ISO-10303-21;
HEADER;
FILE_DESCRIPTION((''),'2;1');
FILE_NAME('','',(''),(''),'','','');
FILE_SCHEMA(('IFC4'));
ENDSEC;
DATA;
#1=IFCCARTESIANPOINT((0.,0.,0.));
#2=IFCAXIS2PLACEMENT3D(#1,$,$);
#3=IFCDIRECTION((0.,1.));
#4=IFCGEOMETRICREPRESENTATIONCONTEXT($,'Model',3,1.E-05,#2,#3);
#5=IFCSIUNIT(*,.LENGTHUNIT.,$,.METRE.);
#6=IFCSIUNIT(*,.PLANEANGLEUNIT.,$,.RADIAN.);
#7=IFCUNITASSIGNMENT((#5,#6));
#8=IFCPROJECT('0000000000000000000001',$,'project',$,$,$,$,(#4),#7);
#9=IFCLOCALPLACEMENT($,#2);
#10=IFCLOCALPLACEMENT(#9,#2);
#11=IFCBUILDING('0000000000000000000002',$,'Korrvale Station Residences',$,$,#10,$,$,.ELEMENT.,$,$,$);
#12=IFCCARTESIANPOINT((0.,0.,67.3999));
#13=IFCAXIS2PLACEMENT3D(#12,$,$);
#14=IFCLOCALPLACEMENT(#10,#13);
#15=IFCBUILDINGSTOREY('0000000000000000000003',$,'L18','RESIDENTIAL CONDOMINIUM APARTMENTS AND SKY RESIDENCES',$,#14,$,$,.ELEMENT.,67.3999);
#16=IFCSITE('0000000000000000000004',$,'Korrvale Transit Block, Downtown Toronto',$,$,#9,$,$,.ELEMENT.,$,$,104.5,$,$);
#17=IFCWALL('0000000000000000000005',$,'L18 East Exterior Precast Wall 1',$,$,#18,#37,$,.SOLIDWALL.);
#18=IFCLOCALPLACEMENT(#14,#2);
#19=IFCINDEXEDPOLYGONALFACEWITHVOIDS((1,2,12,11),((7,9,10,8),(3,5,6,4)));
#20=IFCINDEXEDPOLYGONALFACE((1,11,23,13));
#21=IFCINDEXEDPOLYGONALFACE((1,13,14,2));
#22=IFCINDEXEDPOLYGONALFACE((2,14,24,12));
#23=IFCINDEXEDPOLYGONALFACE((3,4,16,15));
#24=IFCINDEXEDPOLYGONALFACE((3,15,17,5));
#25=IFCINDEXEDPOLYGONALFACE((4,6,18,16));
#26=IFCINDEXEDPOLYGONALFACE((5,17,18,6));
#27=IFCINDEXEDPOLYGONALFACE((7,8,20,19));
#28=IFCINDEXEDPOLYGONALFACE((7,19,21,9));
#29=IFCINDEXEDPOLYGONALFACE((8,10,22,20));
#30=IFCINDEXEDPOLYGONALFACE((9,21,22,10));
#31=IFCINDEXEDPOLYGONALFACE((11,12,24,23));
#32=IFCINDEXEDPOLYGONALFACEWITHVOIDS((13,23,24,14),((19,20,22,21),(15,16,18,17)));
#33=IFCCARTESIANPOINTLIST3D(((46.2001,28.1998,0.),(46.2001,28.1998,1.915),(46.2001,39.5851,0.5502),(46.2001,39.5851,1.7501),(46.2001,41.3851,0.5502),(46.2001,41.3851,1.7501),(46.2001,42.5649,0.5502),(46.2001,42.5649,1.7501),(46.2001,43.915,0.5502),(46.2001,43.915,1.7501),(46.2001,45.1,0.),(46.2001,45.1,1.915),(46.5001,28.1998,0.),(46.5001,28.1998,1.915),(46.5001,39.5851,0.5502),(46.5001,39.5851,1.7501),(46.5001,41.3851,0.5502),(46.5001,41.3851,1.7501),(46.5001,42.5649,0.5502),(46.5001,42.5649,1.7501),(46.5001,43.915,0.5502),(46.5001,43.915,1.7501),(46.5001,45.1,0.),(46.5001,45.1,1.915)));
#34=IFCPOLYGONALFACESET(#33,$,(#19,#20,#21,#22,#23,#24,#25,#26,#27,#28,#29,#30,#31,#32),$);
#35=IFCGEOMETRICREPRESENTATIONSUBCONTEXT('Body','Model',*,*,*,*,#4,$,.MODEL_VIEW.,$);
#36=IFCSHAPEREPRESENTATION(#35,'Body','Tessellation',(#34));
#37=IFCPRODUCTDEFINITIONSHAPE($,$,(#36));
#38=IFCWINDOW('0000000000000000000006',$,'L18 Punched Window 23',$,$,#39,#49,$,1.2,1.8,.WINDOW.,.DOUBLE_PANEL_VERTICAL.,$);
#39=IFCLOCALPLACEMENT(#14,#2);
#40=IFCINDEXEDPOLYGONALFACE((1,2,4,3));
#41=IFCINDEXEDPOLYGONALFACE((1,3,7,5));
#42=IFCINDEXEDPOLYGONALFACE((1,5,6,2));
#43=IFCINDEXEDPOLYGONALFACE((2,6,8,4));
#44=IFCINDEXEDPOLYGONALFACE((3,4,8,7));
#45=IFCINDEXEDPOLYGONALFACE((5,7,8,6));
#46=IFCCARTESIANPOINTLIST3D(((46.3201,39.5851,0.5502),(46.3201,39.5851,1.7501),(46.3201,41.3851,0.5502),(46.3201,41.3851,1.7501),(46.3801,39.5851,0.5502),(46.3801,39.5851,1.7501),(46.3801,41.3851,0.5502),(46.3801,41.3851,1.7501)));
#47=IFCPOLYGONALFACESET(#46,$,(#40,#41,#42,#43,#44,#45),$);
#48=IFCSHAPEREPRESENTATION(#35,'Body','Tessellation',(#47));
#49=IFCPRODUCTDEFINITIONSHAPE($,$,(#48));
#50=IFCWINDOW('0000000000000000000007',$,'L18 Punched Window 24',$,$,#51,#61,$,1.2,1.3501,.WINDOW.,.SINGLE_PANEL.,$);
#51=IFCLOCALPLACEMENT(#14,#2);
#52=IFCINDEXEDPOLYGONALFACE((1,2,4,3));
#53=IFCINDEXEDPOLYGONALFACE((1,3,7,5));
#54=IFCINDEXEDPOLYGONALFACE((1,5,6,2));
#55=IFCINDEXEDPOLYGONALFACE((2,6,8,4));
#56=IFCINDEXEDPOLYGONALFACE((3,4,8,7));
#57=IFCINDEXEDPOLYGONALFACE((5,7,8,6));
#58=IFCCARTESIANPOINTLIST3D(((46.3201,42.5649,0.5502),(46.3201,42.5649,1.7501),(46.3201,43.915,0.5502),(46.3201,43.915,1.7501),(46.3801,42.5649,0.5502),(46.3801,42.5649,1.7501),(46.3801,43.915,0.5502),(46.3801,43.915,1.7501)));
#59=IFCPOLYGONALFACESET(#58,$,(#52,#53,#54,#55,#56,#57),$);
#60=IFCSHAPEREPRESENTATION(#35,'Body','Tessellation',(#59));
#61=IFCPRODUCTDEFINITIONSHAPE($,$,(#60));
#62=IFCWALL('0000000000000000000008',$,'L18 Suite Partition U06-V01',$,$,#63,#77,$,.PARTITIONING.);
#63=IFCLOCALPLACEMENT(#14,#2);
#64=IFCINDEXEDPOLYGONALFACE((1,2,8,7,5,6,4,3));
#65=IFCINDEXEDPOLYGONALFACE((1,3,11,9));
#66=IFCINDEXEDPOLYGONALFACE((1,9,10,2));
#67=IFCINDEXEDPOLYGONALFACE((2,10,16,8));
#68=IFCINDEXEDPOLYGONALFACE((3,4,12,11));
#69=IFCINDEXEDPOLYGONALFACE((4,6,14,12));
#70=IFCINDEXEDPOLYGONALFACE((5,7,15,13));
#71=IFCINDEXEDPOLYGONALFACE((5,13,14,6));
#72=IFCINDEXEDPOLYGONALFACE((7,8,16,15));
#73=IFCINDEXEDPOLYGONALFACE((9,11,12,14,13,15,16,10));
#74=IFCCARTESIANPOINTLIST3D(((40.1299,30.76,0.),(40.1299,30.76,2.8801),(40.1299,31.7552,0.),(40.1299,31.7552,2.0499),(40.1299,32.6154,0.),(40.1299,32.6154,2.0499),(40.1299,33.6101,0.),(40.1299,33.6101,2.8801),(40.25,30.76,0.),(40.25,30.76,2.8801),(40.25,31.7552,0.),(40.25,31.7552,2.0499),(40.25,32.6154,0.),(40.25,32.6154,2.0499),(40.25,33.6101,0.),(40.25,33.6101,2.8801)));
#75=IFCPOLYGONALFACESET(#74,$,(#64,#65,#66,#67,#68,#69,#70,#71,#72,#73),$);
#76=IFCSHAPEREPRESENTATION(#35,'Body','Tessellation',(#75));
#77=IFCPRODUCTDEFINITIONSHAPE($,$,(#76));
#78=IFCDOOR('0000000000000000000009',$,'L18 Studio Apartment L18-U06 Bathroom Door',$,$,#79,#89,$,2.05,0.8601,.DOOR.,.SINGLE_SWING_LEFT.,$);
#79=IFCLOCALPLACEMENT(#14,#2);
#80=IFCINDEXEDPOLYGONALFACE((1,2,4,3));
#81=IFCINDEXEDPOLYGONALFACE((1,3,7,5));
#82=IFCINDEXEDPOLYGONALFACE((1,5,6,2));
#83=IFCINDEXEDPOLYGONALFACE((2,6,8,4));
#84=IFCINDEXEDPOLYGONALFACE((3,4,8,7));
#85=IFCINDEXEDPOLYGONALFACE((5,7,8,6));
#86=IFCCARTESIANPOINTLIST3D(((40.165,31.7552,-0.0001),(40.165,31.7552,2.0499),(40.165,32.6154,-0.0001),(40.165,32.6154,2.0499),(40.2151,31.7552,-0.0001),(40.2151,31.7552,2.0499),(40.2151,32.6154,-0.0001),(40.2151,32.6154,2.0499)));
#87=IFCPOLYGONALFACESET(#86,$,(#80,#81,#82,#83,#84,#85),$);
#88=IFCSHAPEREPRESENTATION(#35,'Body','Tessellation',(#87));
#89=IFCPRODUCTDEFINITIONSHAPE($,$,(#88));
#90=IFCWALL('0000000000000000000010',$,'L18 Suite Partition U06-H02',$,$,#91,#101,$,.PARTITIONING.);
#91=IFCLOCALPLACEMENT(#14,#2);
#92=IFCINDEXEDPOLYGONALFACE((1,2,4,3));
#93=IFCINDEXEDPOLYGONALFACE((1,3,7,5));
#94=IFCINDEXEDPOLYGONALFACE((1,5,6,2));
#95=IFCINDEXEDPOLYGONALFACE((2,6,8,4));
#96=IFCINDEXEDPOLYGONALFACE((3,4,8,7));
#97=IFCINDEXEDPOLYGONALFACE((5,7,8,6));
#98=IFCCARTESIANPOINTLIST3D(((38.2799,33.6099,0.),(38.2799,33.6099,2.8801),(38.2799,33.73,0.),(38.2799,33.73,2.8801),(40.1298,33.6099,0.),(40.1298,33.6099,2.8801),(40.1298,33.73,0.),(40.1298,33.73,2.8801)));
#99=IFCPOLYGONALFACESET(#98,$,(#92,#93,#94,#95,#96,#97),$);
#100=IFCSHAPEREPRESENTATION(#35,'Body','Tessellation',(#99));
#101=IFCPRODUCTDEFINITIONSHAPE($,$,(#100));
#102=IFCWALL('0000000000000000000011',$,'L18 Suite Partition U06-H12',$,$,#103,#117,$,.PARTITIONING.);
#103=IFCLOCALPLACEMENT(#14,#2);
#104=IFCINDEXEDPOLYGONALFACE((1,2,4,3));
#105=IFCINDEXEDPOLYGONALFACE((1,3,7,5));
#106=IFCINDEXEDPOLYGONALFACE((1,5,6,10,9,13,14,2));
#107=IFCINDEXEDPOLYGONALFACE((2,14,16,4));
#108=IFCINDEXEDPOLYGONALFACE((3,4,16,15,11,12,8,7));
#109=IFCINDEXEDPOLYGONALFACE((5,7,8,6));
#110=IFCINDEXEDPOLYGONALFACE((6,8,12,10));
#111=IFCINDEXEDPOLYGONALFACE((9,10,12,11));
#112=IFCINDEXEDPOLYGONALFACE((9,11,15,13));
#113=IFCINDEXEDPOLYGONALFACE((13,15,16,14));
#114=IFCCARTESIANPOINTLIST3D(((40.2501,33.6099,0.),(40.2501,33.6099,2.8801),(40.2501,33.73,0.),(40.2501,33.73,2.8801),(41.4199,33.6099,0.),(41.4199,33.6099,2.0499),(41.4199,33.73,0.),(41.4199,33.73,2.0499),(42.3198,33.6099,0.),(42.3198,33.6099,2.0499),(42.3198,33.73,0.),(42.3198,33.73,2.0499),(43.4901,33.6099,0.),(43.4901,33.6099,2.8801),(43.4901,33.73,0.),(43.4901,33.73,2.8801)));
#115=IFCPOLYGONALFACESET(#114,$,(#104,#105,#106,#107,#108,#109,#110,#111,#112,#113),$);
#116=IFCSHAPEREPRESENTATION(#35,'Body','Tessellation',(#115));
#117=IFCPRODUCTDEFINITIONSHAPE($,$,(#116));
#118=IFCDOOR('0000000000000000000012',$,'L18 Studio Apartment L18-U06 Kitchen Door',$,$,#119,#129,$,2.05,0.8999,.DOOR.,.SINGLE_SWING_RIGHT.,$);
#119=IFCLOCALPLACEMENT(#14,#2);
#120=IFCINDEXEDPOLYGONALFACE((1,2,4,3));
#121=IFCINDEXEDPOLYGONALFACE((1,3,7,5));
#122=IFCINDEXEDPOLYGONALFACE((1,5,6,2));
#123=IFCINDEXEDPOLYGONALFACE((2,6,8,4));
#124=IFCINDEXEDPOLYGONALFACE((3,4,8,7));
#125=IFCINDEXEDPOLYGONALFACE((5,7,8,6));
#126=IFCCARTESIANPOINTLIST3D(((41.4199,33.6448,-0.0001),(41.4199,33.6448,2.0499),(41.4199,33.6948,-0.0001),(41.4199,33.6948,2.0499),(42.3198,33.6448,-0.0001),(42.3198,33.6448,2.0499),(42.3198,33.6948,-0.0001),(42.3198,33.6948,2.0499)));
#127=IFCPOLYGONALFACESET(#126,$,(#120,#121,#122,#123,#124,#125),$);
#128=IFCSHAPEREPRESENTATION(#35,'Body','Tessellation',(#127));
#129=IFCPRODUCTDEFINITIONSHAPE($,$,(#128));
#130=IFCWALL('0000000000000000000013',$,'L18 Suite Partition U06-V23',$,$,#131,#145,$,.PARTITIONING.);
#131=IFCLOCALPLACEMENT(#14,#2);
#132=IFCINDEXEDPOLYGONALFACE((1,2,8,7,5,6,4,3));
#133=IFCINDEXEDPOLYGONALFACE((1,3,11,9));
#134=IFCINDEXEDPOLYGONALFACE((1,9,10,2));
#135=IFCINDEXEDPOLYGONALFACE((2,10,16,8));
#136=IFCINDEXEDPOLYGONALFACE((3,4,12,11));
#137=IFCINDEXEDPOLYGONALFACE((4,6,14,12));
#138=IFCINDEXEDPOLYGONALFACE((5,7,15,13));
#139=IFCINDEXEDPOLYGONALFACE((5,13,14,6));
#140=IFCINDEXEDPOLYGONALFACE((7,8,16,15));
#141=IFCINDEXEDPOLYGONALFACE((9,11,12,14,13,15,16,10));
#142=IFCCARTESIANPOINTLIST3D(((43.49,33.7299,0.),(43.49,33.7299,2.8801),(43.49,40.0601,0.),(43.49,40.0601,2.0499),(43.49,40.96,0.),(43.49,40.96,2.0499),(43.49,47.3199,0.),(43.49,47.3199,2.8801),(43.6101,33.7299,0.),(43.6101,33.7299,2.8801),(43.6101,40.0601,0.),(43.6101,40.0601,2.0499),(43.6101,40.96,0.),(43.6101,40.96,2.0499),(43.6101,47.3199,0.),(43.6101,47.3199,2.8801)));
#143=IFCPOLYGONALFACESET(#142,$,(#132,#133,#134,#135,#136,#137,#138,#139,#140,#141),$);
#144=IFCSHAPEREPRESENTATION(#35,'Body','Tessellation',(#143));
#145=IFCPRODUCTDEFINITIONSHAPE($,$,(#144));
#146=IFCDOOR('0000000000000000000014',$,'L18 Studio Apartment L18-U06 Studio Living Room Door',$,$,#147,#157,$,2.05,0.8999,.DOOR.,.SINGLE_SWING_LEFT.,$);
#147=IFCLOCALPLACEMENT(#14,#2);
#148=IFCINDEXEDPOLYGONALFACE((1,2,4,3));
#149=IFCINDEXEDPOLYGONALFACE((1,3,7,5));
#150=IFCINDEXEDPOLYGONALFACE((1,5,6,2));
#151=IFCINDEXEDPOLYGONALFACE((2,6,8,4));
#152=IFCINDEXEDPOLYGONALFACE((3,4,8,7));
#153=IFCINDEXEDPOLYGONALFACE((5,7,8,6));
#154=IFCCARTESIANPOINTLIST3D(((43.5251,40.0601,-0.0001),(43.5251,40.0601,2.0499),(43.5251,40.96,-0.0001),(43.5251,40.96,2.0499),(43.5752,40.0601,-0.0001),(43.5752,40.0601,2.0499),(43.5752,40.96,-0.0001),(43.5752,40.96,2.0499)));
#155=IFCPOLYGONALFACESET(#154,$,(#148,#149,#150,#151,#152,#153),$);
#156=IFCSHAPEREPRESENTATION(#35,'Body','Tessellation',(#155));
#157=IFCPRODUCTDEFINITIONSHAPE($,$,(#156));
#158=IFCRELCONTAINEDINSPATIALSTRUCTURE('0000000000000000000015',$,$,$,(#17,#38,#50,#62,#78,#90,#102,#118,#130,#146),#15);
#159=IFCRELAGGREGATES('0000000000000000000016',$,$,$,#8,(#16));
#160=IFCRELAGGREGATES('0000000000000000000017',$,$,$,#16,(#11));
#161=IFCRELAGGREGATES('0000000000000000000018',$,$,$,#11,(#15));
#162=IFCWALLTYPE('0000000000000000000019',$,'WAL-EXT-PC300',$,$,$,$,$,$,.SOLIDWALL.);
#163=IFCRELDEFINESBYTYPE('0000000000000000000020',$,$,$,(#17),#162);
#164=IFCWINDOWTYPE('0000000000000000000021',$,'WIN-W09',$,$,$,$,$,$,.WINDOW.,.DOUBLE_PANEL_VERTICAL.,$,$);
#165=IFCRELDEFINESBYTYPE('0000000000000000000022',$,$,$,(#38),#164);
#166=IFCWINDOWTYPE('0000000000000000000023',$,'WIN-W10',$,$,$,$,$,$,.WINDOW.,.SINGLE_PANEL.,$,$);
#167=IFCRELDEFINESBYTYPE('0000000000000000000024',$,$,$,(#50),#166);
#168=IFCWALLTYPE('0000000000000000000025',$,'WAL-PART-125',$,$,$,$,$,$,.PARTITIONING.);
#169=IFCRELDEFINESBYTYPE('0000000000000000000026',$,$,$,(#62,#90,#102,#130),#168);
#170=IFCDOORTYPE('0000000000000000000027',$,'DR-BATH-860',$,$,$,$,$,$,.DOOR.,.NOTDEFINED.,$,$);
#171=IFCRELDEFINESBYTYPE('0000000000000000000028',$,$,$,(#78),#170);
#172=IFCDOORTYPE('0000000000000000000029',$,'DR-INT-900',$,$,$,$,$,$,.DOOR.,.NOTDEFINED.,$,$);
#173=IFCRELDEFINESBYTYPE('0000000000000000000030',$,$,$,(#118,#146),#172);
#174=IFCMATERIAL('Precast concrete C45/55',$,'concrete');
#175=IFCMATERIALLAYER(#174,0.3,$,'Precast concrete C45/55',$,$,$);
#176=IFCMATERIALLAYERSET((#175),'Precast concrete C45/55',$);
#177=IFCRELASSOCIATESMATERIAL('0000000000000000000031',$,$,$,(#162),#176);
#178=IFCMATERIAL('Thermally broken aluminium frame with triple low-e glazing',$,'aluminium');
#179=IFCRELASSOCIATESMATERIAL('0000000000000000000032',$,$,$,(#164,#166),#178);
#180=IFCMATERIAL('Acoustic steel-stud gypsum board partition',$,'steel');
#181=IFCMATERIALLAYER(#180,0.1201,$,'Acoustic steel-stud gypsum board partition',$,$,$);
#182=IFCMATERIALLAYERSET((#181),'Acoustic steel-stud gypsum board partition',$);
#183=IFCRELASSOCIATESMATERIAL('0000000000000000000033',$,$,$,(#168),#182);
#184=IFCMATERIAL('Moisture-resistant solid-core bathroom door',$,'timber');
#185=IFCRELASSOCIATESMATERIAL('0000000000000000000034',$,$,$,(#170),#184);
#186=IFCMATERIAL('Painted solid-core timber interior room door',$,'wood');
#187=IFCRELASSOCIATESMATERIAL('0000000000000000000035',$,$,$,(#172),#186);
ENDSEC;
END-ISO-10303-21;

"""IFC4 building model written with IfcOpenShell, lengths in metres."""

from ifc_helpers import new_model, si_unit, direction, frame, frame_2d, origin, place, context, subcontext, project, spatial, rectangle, extrude, material, layer, layer_set, type_object, element, fill, save


model = new_model("IFC4")

# Units and contexts
model_context = context("Model", 3, precision=1e-05, world=origin(), true_north=direction((0.0, 1.0)))
body_context = subcontext(model_context, "Body", "Model", "MODEL_VIEW")
ifc_project = project(units=[si_unit("LENGTHUNIT", "METRE"), si_unit("PLANEANGLEUNIT", "RADIAN")], contexts=[model_context])

# Site, building, storey
site_placement = place(None, origin())
site = spatial("IfcSite", under=ifc_project, at=site_placement, Name="Korrvale Transit Block, Downtown Toronto", CompositionType="ELEMENT", RefElevation=104.5)
building_placement = place(site_placement, origin())
building = spatial("IfcBuilding", under=site, at=building_placement, Name="Korrvale Station Residences", CompositionType="ELEMENT")
storey_placement = place(building_placement, frame((0.0, 0.0, 67.3999)))
storey = spatial("IfcBuildingStorey", under=building, at=storey_placement, Name="L18", Description="RESIDENTIAL CONDOMINIUM APARTMENTS AND SKY RESIDENCES", CompositionType="ELEMENT", Elevation=67.3999)

# Shared definitions
ifc_material_1 = material(Name="Precast concrete C45/55", Category="concrete")
ifc_layer_1 = layer(ifc_material_1, 0.3, Name="Precast concrete C45/55")
ifc_layer_set_1 = layer_set([ifc_layer_1], Name="Precast concrete C45/55")
wall_type_1 = type_object("IfcWallType", Name="WAL-EXT-PC300", PredefinedType="SOLIDWALL", material=ifc_layer_set_1)

# Wall, openings, windows
wall_1_placement = place(storey_placement, frame((46.3501, 45.1001, 0.0), z_axis=(0.0, 0.0, 1.0), x_axis=(0.0, -1.0, 0.0)))
wall_1 = element("IfcWall", 1, at=wall_1_placement, inside=storey, type_object=wall_type_1, Name="L18 East Exterior Precast Wall 1", PredefinedType="SOLIDWALL", context=body_context, shape_type="SweptSolid", body=[
    extrude(rectangle(XDim=16.9001, YDim=0.3, at=frame_2d((8.4502, 0.0))), origin(), (0.0, 0.0, 1.0), 1.915),
])
opening_1_placement = place(wall_1_placement, frame((3.7151, 0.0, 0.55)))
opening_1 = element("IfcOpeningElement", 2, at=opening_1_placement, cuts=wall_1, PredefinedType="OPENING", context=body_context, shape_type="SweptSolid", body=[
    extrude(rectangle(XDim=1.8, YDim=1.2, at=frame_2d((0.8999, 0.6001))), frame((0.0, 0.1602, 0.0), z_axis=(0.0, -1.0, 0.0), x_axis=(1.0, 0.0, 0.0)), (0.0, 0.0, 1.0), 0.3201),
])
opening_2_placement = place(wall_1_placement, frame((1.1851, 0.0, 0.55)))
opening_2 = element("IfcOpeningElement", 3, at=opening_2_placement, cuts=wall_1, PredefinedType="OPENING", context=body_context, shape_type="SweptSolid", body=[
    extrude(rectangle(XDim=1.3501, YDim=1.2, at=frame_2d((0.675, 0.6001))), frame((0.0, 0.1602, 0.0), z_axis=(0.0, -1.0, 0.0), x_axis=(1.0, 0.0, 0.0)), (0.0, 0.0, 1.0), 0.3201),
])
ifc_material_2 = material(Name="Thermally broken aluminium frame with triple low-e glazing", Category="aluminium")
window_type_1 = type_object("IfcWindowType", Name="WIN-W09", PartitioningType="DOUBLE_PANEL_VERTICAL", PredefinedType="WINDOW", material=ifc_material_2)
window_1_placement = place(opening_1_placement, origin())
window_1 = element("IfcWindow", 4, at=window_1_placement, inside=storey, type_object=window_type_1, Name="L18 Punched Window 23", OverallHeight=1.2, OverallWidth=1.8, PartitioningType="DOUBLE_PANEL_VERTICAL", PredefinedType="WINDOW", context=body_context, shape_type="SweptSolid", body=[
    extrude(rectangle(XDim=1.8, YDim=1.2, at=frame_2d((0.8999, 0.6001))), frame((0.0, 0.03, 0.0), z_axis=(0.0, -1.0, 0.0), x_axis=(1.0, 0.0, 0.0)), (0.0, 0.0, 1.0), 0.0601),
])
fill(opening_1, window_1)
window_type_2 = type_object("IfcWindowType", Name="WIN-W10", PartitioningType="SINGLE_PANEL", PredefinedType="WINDOW", material=ifc_material_2)
window_2_placement = place(opening_2_placement, origin())
window_2 = element("IfcWindow", 5, at=window_2_placement, inside=storey, type_object=window_type_2, Name="L18 Punched Window 24", OverallHeight=1.2, OverallWidth=1.3501, PartitioningType="SINGLE_PANEL", PredefinedType="WINDOW", context=body_context, shape_type="SweptSolid", body=[
    extrude(rectangle(XDim=1.3501, YDim=1.2, at=frame_2d((0.675, 0.6001))), frame((0.0, 0.03, 0.0), z_axis=(0.0, -1.0, 0.0), x_axis=(1.0, 0.0, 0.0)), (0.0, 0.0, 1.0), 0.0601),
])
fill(opening_2, window_2)

# Wall, opening, door
ifc_material_3 = material(Name="Acoustic steel-stud gypsum board partition", Category="steel")
ifc_layer_2 = layer(ifc_material_3, 0.1201, Name="Acoustic steel-stud gypsum board partition")
ifc_layer_set_2 = layer_set([ifc_layer_2], Name="Acoustic steel-stud gypsum board partition")
wall_type_2 = type_object("IfcWallType", Name="WAL-PART-125", PredefinedType="PARTITIONING", material=ifc_layer_set_2)
wall_2_placement = place(storey_placement, frame((40.1899, 30.76, 0.0), z_axis=(0.0, 0.0, 1.0), x_axis=(0.0, 1.0, 0.0)))
wall_2 = element("IfcWall", 6, at=wall_2_placement, inside=storey, type_object=wall_type_2, Name="L18 Suite Partition U06-V01", PredefinedType="PARTITIONING", context=body_context, shape_type="SweptSolid", body=[
    extrude(rectangle(XDim=2.8501, YDim=0.1201, at=frame_2d((1.425, 0.0))), origin(), (0.0, 0.0, 1.0), 2.8801),
])
opening_3_placement = place(wall_2_placement, frame((0.9951, 0.0, 0.0)))
opening_3 = element("IfcOpeningElement", 7, at=opening_3_placement, cuts=wall_2, PredefinedType="OPENING", context=body_context, shape_type="SweptSolid", body=[
    extrude(rectangle(XDim=0.8601, YDim=2.05, at=frame_2d((0.4302, 1.0249))), frame((0.0, 0.0701, 0.0), z_axis=(0.0, -1.0, 0.0), x_axis=(1.0, 0.0, 0.0)), (0.0, 0.0, 1.0), 0.1401),
])
ifc_material_4 = material(Name="Moisture-resistant solid-core bathroom door", Category="timber")
door_type_1 = type_object("IfcDoorType", Name="DR-BATH-860", OperationType="NOTDEFINED", PredefinedType="DOOR", material=ifc_material_4)
door_1_placement = place(opening_3_placement, origin())
door_1 = element("IfcDoor", 8, at=door_1_placement, inside=storey, type_object=door_type_1, Name="L18 Studio Apartment L18-U06 Bathroom Door", OperationType="SINGLE_SWING_LEFT", OverallHeight=2.05, OverallWidth=0.8601, PredefinedType="DOOR", context=body_context, shape_type="SweptSolid", body=[
    extrude(rectangle(XDim=0.8601, YDim=2.05, at=frame_2d((0.4302, 1.0249))), frame((0.0, 0.0249, 0.0), z_axis=(0.0, -1.0, 0.0), x_axis=(1.0, 0.0, 0.0)), (0.0, 0.0, 1.0), 0.05),
])
fill(opening_3, door_1)

# Wall
wall_3_placement = place(storey_placement, frame((38.28, 33.6699, 0.0), z_axis=(0.0, 0.0, 1.0), x_axis=(1.0, 0.0, 0.0)))
element("IfcWall", 9, at=wall_3_placement, inside=storey, type_object=wall_type_2, Name="L18 Suite Partition U06-H02", PredefinedType="PARTITIONING", context=body_context, shape_type="SweptSolid", body=[
    extrude(rectangle(XDim=1.8499, YDim=0.1201, at=frame_2d((0.9248, 0.0))), origin(), (0.0, 0.0, 1.0), 2.8801),
])

# Walls, openings, doors
wall_4_placement = place(storey_placement, frame((40.25, 33.6699, 0.0), z_axis=(0.0, 0.0, 1.0), x_axis=(1.0, 0.0, 0.0)))
wall_4 = element("IfcWall", 10, at=wall_4_placement, inside=storey, type_object=wall_type_2, Name="L18 Suite Partition U06-H12", PredefinedType="PARTITIONING", context=body_context, shape_type="SweptSolid", body=[
    extrude(rectangle(XDim=3.24, YDim=0.1201, at=frame_2d((1.6201, 0.0))), origin(), (0.0, 0.0, 1.0), 2.8801),
])
opening_4_placement = place(wall_4_placement, frame((1.1699, 0.0, 0.0)))
opening_4 = element("IfcOpeningElement", 11, at=opening_4_placement, cuts=wall_4, PredefinedType="OPENING", context=body_context, shape_type="SweptSolid", body=[
    extrude(rectangle(XDim=0.8999, YDim=2.05, at=frame_2d((0.45, 1.0249))), frame((0.0, 0.0701, 0.0), z_axis=(0.0, -1.0, 0.0), x_axis=(1.0, 0.0, 0.0)), (0.0, 0.0, 1.0), 0.1401),
])
ifc_material_5 = material(Name="Painted solid-core timber interior room door", Category="wood")
door_type_2 = type_object("IfcDoorType", Name="DR-INT-900", OperationType="NOTDEFINED", PredefinedType="DOOR", material=ifc_material_5)
door_2_placement = place(opening_4_placement, origin())
door_2 = element("IfcDoor", 12, at=door_2_placement, inside=storey, type_object=door_type_2, Name="L18 Studio Apartment L18-U06 Kitchen Door", OperationType="SINGLE_SWING_RIGHT", OverallHeight=2.05, OverallWidth=0.8999, PredefinedType="DOOR", context=body_context, shape_type="SweptSolid", body=[
    extrude(rectangle(XDim=0.8999, YDim=2.05, at=frame_2d((0.45, 1.0249))), frame((0.0, 0.0249, 0.0), z_axis=(0.0, -1.0, 0.0), x_axis=(1.0, 0.0, 0.0)), (0.0, 0.0, 1.0), 0.05),
])
fill(opening_4, door_2)
wall_5_placement = place(storey_placement, frame((43.55, 33.73, 0.0), z_axis=(0.0, 0.0, 1.0), x_axis=(0.0, 1.0, 0.0)))
wall_5 = element("IfcWall", 13, at=wall_5_placement, inside=storey, type_object=wall_type_2, Name="L18 Suite Partition U06-V23", PredefinedType="PARTITIONING", context=body_context, shape_type="SweptSolid", body=[
    extrude(rectangle(XDim=13.5901, YDim=0.1201, at=frame_2d((6.7949, 0.0))), origin(), (0.0, 0.0, 1.0), 2.8801),
])
opening_5_placement = place(wall_5_placement, frame((6.3301, 0.0, 0.0)))
opening_5 = element("IfcOpeningElement", 14, at=opening_5_placement, cuts=wall_5, PredefinedType="OPENING", context=body_context, shape_type="SweptSolid", body=[
    extrude(rectangle(XDim=0.8999, YDim=2.05, at=frame_2d((0.45, 1.0249))), frame((0.0, 0.0701, 0.0), z_axis=(0.0, -1.0, 0.0), x_axis=(1.0, 0.0, 0.0)), (0.0, 0.0, 1.0), 0.1401),
])
door_3_placement = place(opening_5_placement, origin())
door_3 = element("IfcDoor", 15, at=door_3_placement, inside=storey, type_object=door_type_2, Name="L18 Studio Apartment L18-U06 Studio Living Room Door", OperationType="SINGLE_SWING_LEFT", OverallHeight=2.05, OverallWidth=0.8999, PredefinedType="DOOR", context=body_context, shape_type="SweptSolid", body=[
    extrude(rectangle(XDim=0.8999, YDim=2.05, at=frame_2d((0.45, 1.0249))), frame((0.0, 0.0249, 0.0), z_axis=(0.0, -1.0, 0.0), x_axis=(1.0, 0.0, 0.0)), (0.0, 0.0, 1.0), 0.05),
])
fill(opening_5, door_3)

save(model, "model.ifc")
